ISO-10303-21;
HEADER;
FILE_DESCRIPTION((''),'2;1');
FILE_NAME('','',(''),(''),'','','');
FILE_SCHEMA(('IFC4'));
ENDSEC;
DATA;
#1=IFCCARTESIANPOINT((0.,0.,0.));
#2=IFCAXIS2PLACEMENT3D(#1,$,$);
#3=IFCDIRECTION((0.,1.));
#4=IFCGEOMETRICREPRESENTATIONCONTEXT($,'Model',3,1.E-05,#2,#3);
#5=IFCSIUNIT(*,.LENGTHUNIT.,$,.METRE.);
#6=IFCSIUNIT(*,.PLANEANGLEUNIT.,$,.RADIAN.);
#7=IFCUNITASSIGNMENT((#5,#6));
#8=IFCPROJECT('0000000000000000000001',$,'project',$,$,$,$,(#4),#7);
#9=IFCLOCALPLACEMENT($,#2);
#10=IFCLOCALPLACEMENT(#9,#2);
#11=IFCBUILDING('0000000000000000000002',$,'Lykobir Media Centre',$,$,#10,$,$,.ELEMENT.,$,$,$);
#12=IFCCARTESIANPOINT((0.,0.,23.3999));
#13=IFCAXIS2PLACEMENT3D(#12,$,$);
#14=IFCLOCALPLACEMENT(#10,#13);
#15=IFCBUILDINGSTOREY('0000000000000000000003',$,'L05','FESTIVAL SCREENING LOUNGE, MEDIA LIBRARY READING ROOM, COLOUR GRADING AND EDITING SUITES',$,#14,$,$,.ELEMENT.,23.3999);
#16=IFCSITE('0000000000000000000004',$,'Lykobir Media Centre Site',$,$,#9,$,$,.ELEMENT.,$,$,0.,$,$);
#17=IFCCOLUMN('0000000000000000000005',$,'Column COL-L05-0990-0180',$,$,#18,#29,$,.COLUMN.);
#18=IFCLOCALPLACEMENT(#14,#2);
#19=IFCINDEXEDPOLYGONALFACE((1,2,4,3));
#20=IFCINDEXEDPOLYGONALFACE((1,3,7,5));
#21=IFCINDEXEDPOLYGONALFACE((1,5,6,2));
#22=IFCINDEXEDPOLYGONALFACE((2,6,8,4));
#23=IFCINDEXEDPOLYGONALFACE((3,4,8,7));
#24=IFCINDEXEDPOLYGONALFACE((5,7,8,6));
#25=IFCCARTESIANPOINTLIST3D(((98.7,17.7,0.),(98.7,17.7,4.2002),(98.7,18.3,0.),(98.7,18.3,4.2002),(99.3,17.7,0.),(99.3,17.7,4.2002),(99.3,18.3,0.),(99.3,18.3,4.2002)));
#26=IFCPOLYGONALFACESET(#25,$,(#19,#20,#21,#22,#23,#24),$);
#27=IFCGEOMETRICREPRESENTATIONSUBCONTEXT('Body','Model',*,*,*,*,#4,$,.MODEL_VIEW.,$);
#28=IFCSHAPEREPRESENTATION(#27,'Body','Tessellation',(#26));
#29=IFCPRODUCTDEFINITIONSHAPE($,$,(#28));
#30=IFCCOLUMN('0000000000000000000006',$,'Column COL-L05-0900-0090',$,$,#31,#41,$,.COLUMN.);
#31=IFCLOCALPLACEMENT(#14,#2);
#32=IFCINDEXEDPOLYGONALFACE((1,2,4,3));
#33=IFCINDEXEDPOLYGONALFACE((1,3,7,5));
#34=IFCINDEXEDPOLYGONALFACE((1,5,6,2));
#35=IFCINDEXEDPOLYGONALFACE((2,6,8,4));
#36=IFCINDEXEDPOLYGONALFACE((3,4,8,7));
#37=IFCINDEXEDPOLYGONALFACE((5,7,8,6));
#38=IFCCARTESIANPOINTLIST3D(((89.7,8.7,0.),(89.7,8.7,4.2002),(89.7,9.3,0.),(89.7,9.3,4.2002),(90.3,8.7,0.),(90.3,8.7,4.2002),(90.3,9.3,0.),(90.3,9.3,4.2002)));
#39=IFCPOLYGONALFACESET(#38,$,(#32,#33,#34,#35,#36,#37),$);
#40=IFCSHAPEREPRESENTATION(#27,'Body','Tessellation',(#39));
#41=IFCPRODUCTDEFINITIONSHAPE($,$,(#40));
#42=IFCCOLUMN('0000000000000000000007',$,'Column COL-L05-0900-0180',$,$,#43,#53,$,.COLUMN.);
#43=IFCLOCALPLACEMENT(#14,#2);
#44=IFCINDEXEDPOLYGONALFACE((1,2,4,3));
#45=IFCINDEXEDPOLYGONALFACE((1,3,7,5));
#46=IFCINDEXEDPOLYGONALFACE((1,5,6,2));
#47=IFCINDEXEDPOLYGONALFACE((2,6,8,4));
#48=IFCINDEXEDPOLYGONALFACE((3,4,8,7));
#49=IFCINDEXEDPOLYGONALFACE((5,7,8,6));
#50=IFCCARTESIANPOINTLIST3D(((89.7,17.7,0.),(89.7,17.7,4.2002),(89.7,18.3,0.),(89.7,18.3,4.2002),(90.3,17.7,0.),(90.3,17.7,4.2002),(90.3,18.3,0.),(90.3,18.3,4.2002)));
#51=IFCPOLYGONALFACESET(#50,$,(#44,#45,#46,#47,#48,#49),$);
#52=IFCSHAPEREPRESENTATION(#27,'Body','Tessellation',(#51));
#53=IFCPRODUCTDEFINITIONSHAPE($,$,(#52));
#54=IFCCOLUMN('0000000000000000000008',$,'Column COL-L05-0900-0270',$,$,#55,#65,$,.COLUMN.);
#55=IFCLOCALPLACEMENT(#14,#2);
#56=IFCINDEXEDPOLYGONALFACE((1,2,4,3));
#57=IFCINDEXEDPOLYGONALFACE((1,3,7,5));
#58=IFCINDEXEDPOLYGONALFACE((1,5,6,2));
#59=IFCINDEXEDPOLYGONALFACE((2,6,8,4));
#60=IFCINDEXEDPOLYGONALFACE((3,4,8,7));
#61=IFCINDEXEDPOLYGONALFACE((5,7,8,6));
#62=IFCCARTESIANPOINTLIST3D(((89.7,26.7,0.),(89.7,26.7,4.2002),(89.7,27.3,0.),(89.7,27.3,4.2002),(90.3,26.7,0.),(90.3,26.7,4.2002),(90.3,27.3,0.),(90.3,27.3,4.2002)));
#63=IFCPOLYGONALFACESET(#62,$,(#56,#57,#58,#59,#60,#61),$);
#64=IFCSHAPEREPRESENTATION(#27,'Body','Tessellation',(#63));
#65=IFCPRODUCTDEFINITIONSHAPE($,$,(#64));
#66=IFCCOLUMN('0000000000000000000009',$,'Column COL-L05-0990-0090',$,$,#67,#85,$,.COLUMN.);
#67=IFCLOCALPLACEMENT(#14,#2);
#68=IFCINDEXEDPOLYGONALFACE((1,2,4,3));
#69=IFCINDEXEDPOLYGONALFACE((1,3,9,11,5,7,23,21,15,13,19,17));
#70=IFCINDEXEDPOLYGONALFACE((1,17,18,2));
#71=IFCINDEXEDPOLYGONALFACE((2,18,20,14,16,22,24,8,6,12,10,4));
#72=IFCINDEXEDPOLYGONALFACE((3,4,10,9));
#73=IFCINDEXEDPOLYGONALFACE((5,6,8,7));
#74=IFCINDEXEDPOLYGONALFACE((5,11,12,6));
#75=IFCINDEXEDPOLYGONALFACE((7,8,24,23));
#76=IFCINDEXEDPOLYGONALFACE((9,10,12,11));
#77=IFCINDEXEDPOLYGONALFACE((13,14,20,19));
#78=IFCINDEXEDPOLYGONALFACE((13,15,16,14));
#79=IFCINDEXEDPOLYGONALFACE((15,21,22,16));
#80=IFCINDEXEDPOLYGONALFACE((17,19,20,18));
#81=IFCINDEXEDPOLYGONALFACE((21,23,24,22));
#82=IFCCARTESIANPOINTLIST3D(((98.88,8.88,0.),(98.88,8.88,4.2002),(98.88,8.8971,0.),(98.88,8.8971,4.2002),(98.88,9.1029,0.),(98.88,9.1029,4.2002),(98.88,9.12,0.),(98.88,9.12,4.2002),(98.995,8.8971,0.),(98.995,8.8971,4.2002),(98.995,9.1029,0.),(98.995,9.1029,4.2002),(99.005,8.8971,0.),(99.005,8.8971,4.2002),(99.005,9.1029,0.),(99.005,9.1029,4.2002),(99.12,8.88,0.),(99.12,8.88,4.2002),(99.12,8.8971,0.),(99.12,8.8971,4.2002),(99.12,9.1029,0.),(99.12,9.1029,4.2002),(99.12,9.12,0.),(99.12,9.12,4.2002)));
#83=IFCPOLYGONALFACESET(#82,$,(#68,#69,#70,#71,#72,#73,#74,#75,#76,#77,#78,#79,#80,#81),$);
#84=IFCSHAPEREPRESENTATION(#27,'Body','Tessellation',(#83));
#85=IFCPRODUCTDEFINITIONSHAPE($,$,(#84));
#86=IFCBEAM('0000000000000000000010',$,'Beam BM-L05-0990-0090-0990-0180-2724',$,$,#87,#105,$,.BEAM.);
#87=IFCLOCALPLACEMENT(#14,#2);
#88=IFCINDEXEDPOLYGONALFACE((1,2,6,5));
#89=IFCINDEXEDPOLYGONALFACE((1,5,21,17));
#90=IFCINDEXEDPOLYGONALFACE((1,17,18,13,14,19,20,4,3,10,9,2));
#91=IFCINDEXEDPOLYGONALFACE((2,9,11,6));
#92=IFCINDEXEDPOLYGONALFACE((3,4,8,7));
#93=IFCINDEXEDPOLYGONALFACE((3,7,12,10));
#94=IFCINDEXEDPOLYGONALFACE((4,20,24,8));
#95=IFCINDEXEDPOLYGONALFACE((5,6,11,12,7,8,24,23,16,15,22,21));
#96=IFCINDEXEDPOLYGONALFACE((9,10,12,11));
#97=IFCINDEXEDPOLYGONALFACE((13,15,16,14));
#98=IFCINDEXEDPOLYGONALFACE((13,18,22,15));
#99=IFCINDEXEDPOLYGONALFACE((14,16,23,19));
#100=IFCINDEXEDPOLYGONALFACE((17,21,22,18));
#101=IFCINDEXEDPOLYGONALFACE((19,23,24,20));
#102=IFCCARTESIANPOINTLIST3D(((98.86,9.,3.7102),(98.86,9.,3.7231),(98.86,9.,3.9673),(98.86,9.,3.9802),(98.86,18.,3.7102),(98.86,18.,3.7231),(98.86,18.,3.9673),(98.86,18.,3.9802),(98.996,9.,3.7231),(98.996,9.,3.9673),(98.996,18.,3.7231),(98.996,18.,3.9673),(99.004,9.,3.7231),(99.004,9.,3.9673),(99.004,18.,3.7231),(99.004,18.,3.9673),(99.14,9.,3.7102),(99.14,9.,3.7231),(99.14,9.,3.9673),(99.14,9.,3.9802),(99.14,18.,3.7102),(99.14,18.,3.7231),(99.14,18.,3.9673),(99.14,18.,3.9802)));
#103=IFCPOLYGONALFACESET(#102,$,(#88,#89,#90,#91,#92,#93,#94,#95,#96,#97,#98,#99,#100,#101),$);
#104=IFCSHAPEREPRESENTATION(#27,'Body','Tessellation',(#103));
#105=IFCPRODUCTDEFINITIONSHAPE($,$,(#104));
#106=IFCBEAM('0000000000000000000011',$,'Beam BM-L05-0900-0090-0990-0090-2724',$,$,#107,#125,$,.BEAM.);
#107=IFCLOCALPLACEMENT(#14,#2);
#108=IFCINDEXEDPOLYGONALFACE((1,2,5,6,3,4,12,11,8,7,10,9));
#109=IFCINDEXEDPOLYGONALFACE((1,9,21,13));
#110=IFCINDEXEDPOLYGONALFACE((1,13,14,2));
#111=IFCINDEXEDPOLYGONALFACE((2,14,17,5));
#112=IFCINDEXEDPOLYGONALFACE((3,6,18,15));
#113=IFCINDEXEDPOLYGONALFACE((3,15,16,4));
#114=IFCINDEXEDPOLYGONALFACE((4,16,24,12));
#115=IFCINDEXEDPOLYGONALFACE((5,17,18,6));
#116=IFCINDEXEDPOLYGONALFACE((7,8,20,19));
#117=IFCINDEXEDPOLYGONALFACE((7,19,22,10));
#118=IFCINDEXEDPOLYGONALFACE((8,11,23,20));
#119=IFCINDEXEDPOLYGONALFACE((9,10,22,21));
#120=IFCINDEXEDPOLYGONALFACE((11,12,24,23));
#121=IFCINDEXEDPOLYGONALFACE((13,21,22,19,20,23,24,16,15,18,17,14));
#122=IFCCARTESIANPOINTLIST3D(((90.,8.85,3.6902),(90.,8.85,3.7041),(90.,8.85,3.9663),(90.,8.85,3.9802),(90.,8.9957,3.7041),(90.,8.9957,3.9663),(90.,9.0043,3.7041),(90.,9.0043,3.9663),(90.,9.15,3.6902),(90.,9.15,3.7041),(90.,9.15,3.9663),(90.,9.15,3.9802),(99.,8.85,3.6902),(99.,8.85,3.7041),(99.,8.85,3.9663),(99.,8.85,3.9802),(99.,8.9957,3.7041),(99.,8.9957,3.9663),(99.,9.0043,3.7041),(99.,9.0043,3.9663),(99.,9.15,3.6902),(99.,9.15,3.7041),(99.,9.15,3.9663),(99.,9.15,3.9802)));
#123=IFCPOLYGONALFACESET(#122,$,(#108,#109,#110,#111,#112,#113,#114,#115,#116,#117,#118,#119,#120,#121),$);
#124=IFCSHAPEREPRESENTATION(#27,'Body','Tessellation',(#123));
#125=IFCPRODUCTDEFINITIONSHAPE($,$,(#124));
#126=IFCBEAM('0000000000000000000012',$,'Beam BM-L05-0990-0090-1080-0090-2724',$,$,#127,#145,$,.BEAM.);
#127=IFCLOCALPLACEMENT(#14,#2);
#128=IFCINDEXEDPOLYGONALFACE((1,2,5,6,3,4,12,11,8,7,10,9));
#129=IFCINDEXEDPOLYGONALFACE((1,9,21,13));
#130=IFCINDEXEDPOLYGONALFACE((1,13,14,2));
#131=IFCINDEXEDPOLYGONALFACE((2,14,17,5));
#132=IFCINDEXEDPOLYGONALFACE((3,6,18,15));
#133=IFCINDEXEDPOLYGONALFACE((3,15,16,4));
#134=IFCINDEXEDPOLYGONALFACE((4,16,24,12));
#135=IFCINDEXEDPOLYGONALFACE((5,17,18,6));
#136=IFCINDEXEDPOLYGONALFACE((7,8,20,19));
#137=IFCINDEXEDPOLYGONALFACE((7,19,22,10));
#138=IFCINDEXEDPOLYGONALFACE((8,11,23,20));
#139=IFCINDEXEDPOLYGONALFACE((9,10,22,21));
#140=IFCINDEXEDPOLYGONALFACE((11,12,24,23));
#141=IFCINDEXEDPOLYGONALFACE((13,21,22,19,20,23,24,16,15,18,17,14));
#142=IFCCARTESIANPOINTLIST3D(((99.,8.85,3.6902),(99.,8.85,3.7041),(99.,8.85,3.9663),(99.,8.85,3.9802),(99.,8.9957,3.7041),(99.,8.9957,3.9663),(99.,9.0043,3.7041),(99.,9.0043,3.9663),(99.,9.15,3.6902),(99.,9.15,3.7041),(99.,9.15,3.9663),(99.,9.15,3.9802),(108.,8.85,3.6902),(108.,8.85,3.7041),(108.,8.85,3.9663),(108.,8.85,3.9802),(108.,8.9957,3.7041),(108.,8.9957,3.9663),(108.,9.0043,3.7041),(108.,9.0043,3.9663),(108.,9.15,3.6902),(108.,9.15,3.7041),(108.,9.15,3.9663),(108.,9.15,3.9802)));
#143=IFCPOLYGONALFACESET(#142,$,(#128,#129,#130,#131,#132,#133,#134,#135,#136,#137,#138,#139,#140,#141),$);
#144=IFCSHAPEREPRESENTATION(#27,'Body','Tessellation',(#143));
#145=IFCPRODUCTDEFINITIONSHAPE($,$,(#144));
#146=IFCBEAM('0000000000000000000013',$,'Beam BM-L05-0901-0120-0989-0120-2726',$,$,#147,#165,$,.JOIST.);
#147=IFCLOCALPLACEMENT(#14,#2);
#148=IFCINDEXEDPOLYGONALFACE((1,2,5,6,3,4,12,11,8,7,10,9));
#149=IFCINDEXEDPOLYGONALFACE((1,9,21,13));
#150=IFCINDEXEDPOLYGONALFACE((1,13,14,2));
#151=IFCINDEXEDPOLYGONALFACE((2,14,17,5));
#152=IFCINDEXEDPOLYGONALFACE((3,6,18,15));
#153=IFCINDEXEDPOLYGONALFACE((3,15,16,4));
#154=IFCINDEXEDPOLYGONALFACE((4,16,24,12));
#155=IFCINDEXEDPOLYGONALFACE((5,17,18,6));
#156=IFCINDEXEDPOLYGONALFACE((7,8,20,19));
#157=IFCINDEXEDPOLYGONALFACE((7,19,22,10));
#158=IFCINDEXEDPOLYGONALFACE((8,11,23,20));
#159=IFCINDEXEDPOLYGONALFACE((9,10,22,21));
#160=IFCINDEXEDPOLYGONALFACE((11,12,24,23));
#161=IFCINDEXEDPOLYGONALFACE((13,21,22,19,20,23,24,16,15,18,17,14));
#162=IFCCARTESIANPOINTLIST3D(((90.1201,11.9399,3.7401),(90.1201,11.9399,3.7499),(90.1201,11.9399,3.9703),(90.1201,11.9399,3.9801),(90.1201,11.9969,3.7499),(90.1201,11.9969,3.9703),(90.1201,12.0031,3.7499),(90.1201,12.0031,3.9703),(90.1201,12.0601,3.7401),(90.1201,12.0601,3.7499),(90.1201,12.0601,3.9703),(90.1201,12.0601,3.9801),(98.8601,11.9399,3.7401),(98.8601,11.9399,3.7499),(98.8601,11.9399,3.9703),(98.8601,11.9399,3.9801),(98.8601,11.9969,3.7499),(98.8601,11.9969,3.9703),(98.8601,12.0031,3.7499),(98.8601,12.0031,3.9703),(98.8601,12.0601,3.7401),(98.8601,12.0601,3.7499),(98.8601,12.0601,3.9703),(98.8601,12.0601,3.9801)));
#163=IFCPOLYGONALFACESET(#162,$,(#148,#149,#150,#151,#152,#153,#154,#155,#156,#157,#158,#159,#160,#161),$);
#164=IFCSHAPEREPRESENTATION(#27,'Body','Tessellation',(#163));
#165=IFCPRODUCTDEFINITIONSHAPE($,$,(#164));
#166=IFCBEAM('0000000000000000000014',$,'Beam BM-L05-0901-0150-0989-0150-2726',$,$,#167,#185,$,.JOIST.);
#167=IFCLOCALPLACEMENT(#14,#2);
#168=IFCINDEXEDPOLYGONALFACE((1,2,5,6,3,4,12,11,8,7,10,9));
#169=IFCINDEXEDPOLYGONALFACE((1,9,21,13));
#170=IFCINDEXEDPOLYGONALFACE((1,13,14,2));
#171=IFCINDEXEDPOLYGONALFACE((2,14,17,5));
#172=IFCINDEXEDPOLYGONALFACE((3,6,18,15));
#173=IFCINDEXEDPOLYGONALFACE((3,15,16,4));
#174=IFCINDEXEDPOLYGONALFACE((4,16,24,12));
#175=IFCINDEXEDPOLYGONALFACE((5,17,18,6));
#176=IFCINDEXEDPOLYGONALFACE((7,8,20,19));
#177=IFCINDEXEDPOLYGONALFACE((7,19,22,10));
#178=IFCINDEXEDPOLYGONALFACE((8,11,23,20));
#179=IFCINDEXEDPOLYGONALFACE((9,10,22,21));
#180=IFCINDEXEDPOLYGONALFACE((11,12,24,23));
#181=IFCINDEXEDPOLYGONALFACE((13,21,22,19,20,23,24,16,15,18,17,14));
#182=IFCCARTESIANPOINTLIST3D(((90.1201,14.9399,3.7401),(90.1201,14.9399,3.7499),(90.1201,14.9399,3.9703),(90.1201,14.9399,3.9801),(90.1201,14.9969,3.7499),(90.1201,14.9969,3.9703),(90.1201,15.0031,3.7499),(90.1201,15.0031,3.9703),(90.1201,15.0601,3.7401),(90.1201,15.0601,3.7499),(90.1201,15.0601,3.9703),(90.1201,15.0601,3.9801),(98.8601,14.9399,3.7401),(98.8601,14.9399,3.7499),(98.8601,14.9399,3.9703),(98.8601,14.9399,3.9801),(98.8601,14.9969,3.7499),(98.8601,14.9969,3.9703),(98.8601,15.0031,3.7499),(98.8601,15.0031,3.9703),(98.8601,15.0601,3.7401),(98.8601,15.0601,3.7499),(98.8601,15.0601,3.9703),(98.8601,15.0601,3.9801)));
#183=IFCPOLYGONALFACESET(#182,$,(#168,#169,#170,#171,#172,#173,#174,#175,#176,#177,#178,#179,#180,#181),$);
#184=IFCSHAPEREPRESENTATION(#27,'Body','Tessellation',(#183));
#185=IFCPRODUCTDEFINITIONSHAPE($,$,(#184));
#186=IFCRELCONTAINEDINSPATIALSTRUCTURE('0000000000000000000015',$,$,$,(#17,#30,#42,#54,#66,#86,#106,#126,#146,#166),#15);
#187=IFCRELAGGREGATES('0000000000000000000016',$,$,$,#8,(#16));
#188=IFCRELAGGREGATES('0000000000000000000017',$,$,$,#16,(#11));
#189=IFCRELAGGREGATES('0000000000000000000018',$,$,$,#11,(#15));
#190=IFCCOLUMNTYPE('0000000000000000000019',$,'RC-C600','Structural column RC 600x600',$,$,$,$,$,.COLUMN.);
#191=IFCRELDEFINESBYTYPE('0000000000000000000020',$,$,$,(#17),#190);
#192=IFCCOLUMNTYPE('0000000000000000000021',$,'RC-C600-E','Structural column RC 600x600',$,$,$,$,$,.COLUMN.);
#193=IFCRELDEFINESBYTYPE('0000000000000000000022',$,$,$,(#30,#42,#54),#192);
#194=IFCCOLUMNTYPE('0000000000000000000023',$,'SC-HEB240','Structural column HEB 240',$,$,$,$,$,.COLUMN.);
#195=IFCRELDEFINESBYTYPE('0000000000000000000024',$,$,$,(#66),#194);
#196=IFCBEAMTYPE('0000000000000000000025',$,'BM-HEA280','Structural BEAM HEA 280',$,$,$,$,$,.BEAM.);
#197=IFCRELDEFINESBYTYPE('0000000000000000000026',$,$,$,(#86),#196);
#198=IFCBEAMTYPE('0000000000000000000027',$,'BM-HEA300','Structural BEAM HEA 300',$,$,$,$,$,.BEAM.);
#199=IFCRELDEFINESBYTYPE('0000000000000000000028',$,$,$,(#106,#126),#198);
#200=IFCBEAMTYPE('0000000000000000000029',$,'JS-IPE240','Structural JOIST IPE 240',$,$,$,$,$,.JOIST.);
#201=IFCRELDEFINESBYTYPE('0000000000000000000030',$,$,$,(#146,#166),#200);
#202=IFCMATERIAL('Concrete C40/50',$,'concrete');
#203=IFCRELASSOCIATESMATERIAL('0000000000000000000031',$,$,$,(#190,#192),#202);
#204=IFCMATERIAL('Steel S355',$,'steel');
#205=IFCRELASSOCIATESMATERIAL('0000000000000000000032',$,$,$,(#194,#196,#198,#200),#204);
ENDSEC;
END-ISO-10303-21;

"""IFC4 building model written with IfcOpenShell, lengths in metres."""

from ifc_helpers import new_model, si_unit, direction, frame, origin, origin_2d, place, context, subcontext, project, spatial, rectangle, i_section, extrude, material, material_profile, profile_set, type_object, element, save


model = new_model("IFC4")

# Units and contexts
model_context = context("Model", 3, precision=1e-05, world=origin(), true_north=direction((0.0, 1.0)))
body_context = subcontext(model_context, "Body", "Model", "MODEL_VIEW")
ifc_project = project(units=[si_unit("LENGTHUNIT", "METRE"), si_unit("PLANEANGLEUNIT", "RADIAN")], contexts=[model_context])

# Site, building, storey
site_placement = place(None, origin())
site = spatial("IfcSite", under=ifc_project, at=site_placement, Name="Lykobir Media Centre Site", CompositionType="ELEMENT", RefElevation=0.0)
building_placement = place(site_placement, origin())
building = spatial("IfcBuilding", under=site, at=building_placement, Name="Lykobir Media Centre", CompositionType="ELEMENT")
storey_placement = place(building_placement, frame((0.0, 0.0, 23.3999)))
storey = spatial("IfcBuildingStorey", under=building, at=storey_placement, Name="L05", Description="FESTIVAL SCREENING LOUNGE, MEDIA LIBRARY READING ROOM, COLOUR GRADING AND EDITING SUITES", CompositionType="ELEMENT", Elevation=23.3999)

# Columns
ifc_material_1 = material(Name="Concrete C40/50", Category="concrete")
ifc_material_profile_1 = material_profile(ifc_material_1, rectangle(XDim=0.6001, YDim=0.6001, at=origin_2d()), Name="RC 600x600")
ifc_profile_set_1 = profile_set([ifc_material_profile_1], Name="Concrete C40/50")
column_type_1 = type_object("IfcColumnType", Name="RC-C600", Description="Structural column RC 600x600", PredefinedType="COLUMN", material=ifc_profile_set_1)
column_1_placement = place(storey_placement, frame((99.0, 18.0, 0.0), z_axis=(0.0, 0.0, 1.0), x_axis=(1.0, 0.0, 0.0)))
element("IfcColumn", 1, at=column_1_placement, inside=storey, type_object=column_type_1, Name="Column COL-L05-0990-0180", PredefinedType="COLUMN", context=body_context, shape_type="SweptSolid", body=[
    extrude(rectangle(XDim=0.6001, YDim=0.6001, at=origin_2d()), origin(), (0.0, 0.0, 1.0), 4.2002),
])
ifc_material_profile_2 = material_profile(ifc_material_1, rectangle(XDim=0.6001, YDim=0.6001, at=origin_2d()), Name="RC 600x600")
ifc_profile_set_2 = profile_set([ifc_material_profile_2], Name="Concrete C40/50")
column_type_2 = type_object("IfcColumnType", Name="RC-C600-E", Description="Structural column RC 600x600", PredefinedType="COLUMN", material=ifc_profile_set_2)
for number, where, z_axis, x_axis, name in (
    (2, (90.0, 9.0, 0.0), (0.0, 0.0, 1.0), (1.0, 0.0, 0.0), "Column COL-L05-0900-0090"),
    (3, (90.0, 18.0, 0.0), (0.0, 0.0, 1.0), (1.0, 0.0, 0.0), "Column COL-L05-0900-0180"),
    (4, (90.0, 27.0, 0.0), (0.0, 0.0, 1.0), (1.0, 0.0, 0.0), "Column COL-L05-0900-0270"),
):
    element("IfcColumn", number, at=place(storey_placement, frame(where, z_axis=z_axis, x_axis=x_axis)), inside=storey, type_object=column_type_2, Name=name, PredefinedType="COLUMN", context=body_context, shape_type="SweptSolid", body=[
        extrude(rectangle(XDim=0.6001, YDim=0.6001, at=origin_2d()), origin(), (0.0, 0.0, 1.0), 4.2002),
    ])
ifc_material_2 = material(Name="Steel S355", Category="steel")
ifc_material_profile_3 = material_profile(ifc_material_2, i_section(OverallWidth=0.24, OverallDepth=0.24, WebThickness=0.01, FlangeThickness=0.0171, at=origin_2d()), Name="HEB 240")
ifc_profile_set_3 = profile_set([ifc_material_profile_3], Name="Steel S355")
column_type_3 = type_object("IfcColumnType", Name="SC-HEB240", Description="Structural column HEB 240", PredefinedType="COLUMN", material=ifc_profile_set_3)
column_2_placement = place(storey_placement, frame((99.0, 9.0, 0.0), z_axis=(0.0, 0.0, 1.0), x_axis=(1.0, 0.0, 0.0)))
element("IfcColumn", 5, at=column_2_placement, inside=storey, type_object=column_type_3, Name="Column COL-L05-0990-0090", PredefinedType="COLUMN", context=body_context, shape_type="SweptSolid", body=[
    extrude(i_section(OverallWidth=0.24, OverallDepth=0.24, WebThickness=0.01, FlangeThickness=0.0171, at=origin_2d()), origin(), (0.0, 0.0, 1.0), 4.2002),
])

# Beams
ifc_material_profile_4 = material_profile(ifc_material_2, i_section(OverallWidth=0.28, OverallDepth=0.27, WebThickness=0.0081, FlangeThickness=0.0129, at=origin_2d()), Name="HEA 280")
ifc_profile_set_4 = profile_set([ifc_material_profile_4], Name="Steel S355")
beam_type_1 = type_object("IfcBeamType", Name="BM-HEA280", Description="Structural BEAM HEA 280", PredefinedType="BEAM", material=ifc_profile_set_4)
beam_placement = place(storey_placement, frame((99.0, 9.0, 3.8452), z_axis=(0.0, 1.0, 0.0), x_axis=(-1.0, 0.0, 0.0)))
element("IfcBeam", 6, at=beam_placement, inside=storey, type_object=beam_type_1, Name="Beam BM-L05-0990-0090-0990-0180-2724", PredefinedType="BEAM", context=body_context, shape_type="SweptSolid", body=[
    extrude(i_section(OverallWidth=0.28, OverallDepth=0.27, WebThickness=0.0081, FlangeThickness=0.0129, at=origin_2d()), origin(), (0.0, 0.0, 1.0), 9.0),
])
ifc_material_profile_5 = material_profile(ifc_material_2, i_section(OverallWidth=0.3, OverallDepth=0.29, WebThickness=0.0085, FlangeThickness=0.0139, at=origin_2d()), Name="HEA 300")
ifc_profile_set_5 = profile_set([ifc_material_profile_5], Name="Steel S355")
beam_type_2 = type_object("IfcBeamType", Name="BM-HEA300", Description="Structural BEAM HEA 300", PredefinedType="BEAM", material=ifc_profile_set_5)
for number, where, z_axis, x_axis, name in (
    (7, (90.0, 9.0, 3.8352), (1.0, 0.0, 0.0), (0.0, 1.0, 0.0), "Beam BM-L05-0900-0090-0990-0090-2724"),
    (8, (99.0, 9.0, 3.8352), (1.0, 0.0, 0.0), (0.0, 1.0, 0.0), "Beam BM-L05-0990-0090-1080-0090-2724"),
):
    element("IfcBeam", number, at=place(storey_placement, frame(where, z_axis=z_axis, x_axis=x_axis)), inside=storey, type_object=beam_type_2, Name=name, PredefinedType="BEAM", context=body_context, shape_type="SweptSolid", body=[
        extrude(i_section(OverallWidth=0.3, OverallDepth=0.29, WebThickness=0.0085, FlangeThickness=0.0139, at=origin_2d()), origin(), (0.0, 0.0, 1.0), 9.0),
    ])
ifc_material_profile_6 = material_profile(ifc_material_2, i_section(OverallWidth=0.1201, OverallDepth=0.24, WebThickness=0.0061, FlangeThickness=0.0098, at=origin_2d()), Name="IPE 240")
ifc_profile_set_6 = profile_set([ifc_material_profile_6], Name="Steel S355")
beam_type_3 = type_object("IfcBeamType", Name="JS-IPE240", Description="Structural JOIST IPE 240", PredefinedType="JOIST", material=ifc_profile_set_6)
for number, where, z_axis, x_axis, name in (
    (9, (90.1201, 12.0, 3.8601), (1.0, 0.0, 0.0), (0.0, 1.0, 0.0), "Beam BM-L05-0901-0120-0989-0120-2726"),
    (10, (90.1201, 15.0, 3.8601), (1.0, 0.0, 0.0), (0.0, 1.0, 0.0), "Beam BM-L05-0901-0150-0989-0150-2726"),
):
    element("IfcBeam", number, at=place(storey_placement, frame(where, z_axis=z_axis, x_axis=x_axis)), inside=storey, type_object=beam_type_3, Name=name, PredefinedType="JOIST", context=body_context, shape_type="SweptSolid", body=[
        extrude(i_section(OverallWidth=0.1201, OverallDepth=0.24, WebThickness=0.0061, FlangeThickness=0.0098, at=origin_2d()), origin(), (0.0, 0.0, 1.0), 8.74),
    ])

save(model, "model.ifc")
